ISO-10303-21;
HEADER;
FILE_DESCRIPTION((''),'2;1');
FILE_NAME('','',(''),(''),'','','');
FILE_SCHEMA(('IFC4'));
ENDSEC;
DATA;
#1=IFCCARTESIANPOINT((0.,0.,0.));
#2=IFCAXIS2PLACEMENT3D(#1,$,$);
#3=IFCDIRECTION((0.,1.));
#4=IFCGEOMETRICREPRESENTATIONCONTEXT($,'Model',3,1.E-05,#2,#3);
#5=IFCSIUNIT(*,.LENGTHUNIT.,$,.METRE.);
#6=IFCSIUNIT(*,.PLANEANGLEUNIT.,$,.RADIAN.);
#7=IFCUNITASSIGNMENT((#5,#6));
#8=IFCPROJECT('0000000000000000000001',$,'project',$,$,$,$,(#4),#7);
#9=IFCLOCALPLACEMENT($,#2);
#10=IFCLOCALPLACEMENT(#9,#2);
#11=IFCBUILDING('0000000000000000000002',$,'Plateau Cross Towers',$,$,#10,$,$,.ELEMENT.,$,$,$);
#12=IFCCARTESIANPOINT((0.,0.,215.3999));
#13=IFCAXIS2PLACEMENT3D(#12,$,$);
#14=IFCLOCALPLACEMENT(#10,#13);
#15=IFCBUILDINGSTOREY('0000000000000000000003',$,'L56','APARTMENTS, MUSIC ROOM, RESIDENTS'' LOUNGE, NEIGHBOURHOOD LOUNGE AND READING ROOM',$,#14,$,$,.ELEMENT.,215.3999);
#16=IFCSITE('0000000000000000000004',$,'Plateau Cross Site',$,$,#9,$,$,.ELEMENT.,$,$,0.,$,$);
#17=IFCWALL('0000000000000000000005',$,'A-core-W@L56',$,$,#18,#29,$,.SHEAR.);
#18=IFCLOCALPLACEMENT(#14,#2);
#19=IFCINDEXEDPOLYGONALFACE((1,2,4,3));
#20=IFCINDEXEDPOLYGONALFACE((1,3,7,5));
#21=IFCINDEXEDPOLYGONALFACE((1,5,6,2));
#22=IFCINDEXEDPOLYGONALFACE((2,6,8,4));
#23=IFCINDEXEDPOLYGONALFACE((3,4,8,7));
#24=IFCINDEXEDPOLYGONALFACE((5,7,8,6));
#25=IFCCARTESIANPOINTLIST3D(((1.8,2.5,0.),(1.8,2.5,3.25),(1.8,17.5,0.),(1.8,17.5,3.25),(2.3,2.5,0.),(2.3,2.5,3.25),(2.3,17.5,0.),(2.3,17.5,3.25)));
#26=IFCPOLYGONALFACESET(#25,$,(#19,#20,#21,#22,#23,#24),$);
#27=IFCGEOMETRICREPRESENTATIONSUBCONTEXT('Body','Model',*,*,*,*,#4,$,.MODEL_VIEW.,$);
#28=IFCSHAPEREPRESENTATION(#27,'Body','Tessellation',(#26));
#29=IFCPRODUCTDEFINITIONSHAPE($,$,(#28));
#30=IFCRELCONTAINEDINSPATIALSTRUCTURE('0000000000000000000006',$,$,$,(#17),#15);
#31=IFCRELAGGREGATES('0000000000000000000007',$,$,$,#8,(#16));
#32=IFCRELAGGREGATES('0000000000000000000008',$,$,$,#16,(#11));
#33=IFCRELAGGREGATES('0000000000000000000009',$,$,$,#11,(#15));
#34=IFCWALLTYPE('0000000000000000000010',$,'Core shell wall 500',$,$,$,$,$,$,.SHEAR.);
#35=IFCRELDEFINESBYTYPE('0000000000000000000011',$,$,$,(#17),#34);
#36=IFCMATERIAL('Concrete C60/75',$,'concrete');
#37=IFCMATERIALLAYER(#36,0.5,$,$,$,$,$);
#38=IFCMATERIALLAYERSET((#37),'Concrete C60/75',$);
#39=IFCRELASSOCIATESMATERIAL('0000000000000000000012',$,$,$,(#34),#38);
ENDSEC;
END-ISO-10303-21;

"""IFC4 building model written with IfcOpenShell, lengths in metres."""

from ifc_helpers import new_model, si_unit, direction, frame, frame_2d, origin, place, context, subcontext, project, spatial, rectangle, extrude, material, layer, layer_set, type_object, element, save


model = new_model("IFC4")

# Units and contexts
model_context = context("Model", 3, precision=1e-05, world=origin(), true_north=direction((0.0, 1.0)))
body_context = subcontext(model_context, "Body", "Model", "MODEL_VIEW")
ifc_project = project(units=[si_unit("LENGTHUNIT", "METRE"), si_unit("PLANEANGLEUNIT", "RADIAN")], contexts=[model_context])

# Site, building, storey
site_placement = place(None, origin())
site = spatial("IfcSite", under=ifc_project, at=site_placement, Name="Plateau Cross Site", CompositionType="ELEMENT", RefElevation=0.0)
building_placement = place(site_placement, origin())
building = spatial("IfcBuilding", under=site, at=building_placement, Name="Plateau Cross Towers", CompositionType="ELEMENT")
storey_placement = place(building_placement, frame((0.0, 0.0, 215.3999)))
storey = spatial("IfcBuildingStorey", under=building, at=storey_placement, Name="L56", Description="APARTMENTS, MUSIC ROOM, RESIDENTS' LOUNGE, NEIGHBOURHOOD LOUNGE AND READING ROOM", CompositionType="ELEMENT", Elevation=215.3999)

# Shared definitions
ifc_material_1 = material(Name="Concrete C60/75", Category="concrete")

# Wall
ifc_layer_1 = layer(ifc_material_1, 0.5)
ifc_layer_set_1 = layer_set([ifc_layer_1], Name="Concrete C60/75")
wall_type_1 = type_object("IfcWallType", Name="Core shell wall 500", PredefinedType="SHEAR", material=ifc_layer_set_1)
wall_1_placement = place(storey_placement, frame((2.05, 2.5, 0.0), z_axis=(0.0, 0.0, 1.0), x_axis=(0.0, 1.0, 0.0)))
element("IfcWall", 1, at=wall_1_placement, inside=storey, type_object=wall_type_1, Name="A-core-W@L56", PredefinedType="SHEAR", context=body_context, shape_type="SweptSolid", body=[
    extrude(rectangle(XDim=15.0, YDim=0.5, at=frame_2d((7.5, 0.0))), origin(), (0.0, 0.0, 1.0), 3.25),
])

save(model, "model.ifc")
